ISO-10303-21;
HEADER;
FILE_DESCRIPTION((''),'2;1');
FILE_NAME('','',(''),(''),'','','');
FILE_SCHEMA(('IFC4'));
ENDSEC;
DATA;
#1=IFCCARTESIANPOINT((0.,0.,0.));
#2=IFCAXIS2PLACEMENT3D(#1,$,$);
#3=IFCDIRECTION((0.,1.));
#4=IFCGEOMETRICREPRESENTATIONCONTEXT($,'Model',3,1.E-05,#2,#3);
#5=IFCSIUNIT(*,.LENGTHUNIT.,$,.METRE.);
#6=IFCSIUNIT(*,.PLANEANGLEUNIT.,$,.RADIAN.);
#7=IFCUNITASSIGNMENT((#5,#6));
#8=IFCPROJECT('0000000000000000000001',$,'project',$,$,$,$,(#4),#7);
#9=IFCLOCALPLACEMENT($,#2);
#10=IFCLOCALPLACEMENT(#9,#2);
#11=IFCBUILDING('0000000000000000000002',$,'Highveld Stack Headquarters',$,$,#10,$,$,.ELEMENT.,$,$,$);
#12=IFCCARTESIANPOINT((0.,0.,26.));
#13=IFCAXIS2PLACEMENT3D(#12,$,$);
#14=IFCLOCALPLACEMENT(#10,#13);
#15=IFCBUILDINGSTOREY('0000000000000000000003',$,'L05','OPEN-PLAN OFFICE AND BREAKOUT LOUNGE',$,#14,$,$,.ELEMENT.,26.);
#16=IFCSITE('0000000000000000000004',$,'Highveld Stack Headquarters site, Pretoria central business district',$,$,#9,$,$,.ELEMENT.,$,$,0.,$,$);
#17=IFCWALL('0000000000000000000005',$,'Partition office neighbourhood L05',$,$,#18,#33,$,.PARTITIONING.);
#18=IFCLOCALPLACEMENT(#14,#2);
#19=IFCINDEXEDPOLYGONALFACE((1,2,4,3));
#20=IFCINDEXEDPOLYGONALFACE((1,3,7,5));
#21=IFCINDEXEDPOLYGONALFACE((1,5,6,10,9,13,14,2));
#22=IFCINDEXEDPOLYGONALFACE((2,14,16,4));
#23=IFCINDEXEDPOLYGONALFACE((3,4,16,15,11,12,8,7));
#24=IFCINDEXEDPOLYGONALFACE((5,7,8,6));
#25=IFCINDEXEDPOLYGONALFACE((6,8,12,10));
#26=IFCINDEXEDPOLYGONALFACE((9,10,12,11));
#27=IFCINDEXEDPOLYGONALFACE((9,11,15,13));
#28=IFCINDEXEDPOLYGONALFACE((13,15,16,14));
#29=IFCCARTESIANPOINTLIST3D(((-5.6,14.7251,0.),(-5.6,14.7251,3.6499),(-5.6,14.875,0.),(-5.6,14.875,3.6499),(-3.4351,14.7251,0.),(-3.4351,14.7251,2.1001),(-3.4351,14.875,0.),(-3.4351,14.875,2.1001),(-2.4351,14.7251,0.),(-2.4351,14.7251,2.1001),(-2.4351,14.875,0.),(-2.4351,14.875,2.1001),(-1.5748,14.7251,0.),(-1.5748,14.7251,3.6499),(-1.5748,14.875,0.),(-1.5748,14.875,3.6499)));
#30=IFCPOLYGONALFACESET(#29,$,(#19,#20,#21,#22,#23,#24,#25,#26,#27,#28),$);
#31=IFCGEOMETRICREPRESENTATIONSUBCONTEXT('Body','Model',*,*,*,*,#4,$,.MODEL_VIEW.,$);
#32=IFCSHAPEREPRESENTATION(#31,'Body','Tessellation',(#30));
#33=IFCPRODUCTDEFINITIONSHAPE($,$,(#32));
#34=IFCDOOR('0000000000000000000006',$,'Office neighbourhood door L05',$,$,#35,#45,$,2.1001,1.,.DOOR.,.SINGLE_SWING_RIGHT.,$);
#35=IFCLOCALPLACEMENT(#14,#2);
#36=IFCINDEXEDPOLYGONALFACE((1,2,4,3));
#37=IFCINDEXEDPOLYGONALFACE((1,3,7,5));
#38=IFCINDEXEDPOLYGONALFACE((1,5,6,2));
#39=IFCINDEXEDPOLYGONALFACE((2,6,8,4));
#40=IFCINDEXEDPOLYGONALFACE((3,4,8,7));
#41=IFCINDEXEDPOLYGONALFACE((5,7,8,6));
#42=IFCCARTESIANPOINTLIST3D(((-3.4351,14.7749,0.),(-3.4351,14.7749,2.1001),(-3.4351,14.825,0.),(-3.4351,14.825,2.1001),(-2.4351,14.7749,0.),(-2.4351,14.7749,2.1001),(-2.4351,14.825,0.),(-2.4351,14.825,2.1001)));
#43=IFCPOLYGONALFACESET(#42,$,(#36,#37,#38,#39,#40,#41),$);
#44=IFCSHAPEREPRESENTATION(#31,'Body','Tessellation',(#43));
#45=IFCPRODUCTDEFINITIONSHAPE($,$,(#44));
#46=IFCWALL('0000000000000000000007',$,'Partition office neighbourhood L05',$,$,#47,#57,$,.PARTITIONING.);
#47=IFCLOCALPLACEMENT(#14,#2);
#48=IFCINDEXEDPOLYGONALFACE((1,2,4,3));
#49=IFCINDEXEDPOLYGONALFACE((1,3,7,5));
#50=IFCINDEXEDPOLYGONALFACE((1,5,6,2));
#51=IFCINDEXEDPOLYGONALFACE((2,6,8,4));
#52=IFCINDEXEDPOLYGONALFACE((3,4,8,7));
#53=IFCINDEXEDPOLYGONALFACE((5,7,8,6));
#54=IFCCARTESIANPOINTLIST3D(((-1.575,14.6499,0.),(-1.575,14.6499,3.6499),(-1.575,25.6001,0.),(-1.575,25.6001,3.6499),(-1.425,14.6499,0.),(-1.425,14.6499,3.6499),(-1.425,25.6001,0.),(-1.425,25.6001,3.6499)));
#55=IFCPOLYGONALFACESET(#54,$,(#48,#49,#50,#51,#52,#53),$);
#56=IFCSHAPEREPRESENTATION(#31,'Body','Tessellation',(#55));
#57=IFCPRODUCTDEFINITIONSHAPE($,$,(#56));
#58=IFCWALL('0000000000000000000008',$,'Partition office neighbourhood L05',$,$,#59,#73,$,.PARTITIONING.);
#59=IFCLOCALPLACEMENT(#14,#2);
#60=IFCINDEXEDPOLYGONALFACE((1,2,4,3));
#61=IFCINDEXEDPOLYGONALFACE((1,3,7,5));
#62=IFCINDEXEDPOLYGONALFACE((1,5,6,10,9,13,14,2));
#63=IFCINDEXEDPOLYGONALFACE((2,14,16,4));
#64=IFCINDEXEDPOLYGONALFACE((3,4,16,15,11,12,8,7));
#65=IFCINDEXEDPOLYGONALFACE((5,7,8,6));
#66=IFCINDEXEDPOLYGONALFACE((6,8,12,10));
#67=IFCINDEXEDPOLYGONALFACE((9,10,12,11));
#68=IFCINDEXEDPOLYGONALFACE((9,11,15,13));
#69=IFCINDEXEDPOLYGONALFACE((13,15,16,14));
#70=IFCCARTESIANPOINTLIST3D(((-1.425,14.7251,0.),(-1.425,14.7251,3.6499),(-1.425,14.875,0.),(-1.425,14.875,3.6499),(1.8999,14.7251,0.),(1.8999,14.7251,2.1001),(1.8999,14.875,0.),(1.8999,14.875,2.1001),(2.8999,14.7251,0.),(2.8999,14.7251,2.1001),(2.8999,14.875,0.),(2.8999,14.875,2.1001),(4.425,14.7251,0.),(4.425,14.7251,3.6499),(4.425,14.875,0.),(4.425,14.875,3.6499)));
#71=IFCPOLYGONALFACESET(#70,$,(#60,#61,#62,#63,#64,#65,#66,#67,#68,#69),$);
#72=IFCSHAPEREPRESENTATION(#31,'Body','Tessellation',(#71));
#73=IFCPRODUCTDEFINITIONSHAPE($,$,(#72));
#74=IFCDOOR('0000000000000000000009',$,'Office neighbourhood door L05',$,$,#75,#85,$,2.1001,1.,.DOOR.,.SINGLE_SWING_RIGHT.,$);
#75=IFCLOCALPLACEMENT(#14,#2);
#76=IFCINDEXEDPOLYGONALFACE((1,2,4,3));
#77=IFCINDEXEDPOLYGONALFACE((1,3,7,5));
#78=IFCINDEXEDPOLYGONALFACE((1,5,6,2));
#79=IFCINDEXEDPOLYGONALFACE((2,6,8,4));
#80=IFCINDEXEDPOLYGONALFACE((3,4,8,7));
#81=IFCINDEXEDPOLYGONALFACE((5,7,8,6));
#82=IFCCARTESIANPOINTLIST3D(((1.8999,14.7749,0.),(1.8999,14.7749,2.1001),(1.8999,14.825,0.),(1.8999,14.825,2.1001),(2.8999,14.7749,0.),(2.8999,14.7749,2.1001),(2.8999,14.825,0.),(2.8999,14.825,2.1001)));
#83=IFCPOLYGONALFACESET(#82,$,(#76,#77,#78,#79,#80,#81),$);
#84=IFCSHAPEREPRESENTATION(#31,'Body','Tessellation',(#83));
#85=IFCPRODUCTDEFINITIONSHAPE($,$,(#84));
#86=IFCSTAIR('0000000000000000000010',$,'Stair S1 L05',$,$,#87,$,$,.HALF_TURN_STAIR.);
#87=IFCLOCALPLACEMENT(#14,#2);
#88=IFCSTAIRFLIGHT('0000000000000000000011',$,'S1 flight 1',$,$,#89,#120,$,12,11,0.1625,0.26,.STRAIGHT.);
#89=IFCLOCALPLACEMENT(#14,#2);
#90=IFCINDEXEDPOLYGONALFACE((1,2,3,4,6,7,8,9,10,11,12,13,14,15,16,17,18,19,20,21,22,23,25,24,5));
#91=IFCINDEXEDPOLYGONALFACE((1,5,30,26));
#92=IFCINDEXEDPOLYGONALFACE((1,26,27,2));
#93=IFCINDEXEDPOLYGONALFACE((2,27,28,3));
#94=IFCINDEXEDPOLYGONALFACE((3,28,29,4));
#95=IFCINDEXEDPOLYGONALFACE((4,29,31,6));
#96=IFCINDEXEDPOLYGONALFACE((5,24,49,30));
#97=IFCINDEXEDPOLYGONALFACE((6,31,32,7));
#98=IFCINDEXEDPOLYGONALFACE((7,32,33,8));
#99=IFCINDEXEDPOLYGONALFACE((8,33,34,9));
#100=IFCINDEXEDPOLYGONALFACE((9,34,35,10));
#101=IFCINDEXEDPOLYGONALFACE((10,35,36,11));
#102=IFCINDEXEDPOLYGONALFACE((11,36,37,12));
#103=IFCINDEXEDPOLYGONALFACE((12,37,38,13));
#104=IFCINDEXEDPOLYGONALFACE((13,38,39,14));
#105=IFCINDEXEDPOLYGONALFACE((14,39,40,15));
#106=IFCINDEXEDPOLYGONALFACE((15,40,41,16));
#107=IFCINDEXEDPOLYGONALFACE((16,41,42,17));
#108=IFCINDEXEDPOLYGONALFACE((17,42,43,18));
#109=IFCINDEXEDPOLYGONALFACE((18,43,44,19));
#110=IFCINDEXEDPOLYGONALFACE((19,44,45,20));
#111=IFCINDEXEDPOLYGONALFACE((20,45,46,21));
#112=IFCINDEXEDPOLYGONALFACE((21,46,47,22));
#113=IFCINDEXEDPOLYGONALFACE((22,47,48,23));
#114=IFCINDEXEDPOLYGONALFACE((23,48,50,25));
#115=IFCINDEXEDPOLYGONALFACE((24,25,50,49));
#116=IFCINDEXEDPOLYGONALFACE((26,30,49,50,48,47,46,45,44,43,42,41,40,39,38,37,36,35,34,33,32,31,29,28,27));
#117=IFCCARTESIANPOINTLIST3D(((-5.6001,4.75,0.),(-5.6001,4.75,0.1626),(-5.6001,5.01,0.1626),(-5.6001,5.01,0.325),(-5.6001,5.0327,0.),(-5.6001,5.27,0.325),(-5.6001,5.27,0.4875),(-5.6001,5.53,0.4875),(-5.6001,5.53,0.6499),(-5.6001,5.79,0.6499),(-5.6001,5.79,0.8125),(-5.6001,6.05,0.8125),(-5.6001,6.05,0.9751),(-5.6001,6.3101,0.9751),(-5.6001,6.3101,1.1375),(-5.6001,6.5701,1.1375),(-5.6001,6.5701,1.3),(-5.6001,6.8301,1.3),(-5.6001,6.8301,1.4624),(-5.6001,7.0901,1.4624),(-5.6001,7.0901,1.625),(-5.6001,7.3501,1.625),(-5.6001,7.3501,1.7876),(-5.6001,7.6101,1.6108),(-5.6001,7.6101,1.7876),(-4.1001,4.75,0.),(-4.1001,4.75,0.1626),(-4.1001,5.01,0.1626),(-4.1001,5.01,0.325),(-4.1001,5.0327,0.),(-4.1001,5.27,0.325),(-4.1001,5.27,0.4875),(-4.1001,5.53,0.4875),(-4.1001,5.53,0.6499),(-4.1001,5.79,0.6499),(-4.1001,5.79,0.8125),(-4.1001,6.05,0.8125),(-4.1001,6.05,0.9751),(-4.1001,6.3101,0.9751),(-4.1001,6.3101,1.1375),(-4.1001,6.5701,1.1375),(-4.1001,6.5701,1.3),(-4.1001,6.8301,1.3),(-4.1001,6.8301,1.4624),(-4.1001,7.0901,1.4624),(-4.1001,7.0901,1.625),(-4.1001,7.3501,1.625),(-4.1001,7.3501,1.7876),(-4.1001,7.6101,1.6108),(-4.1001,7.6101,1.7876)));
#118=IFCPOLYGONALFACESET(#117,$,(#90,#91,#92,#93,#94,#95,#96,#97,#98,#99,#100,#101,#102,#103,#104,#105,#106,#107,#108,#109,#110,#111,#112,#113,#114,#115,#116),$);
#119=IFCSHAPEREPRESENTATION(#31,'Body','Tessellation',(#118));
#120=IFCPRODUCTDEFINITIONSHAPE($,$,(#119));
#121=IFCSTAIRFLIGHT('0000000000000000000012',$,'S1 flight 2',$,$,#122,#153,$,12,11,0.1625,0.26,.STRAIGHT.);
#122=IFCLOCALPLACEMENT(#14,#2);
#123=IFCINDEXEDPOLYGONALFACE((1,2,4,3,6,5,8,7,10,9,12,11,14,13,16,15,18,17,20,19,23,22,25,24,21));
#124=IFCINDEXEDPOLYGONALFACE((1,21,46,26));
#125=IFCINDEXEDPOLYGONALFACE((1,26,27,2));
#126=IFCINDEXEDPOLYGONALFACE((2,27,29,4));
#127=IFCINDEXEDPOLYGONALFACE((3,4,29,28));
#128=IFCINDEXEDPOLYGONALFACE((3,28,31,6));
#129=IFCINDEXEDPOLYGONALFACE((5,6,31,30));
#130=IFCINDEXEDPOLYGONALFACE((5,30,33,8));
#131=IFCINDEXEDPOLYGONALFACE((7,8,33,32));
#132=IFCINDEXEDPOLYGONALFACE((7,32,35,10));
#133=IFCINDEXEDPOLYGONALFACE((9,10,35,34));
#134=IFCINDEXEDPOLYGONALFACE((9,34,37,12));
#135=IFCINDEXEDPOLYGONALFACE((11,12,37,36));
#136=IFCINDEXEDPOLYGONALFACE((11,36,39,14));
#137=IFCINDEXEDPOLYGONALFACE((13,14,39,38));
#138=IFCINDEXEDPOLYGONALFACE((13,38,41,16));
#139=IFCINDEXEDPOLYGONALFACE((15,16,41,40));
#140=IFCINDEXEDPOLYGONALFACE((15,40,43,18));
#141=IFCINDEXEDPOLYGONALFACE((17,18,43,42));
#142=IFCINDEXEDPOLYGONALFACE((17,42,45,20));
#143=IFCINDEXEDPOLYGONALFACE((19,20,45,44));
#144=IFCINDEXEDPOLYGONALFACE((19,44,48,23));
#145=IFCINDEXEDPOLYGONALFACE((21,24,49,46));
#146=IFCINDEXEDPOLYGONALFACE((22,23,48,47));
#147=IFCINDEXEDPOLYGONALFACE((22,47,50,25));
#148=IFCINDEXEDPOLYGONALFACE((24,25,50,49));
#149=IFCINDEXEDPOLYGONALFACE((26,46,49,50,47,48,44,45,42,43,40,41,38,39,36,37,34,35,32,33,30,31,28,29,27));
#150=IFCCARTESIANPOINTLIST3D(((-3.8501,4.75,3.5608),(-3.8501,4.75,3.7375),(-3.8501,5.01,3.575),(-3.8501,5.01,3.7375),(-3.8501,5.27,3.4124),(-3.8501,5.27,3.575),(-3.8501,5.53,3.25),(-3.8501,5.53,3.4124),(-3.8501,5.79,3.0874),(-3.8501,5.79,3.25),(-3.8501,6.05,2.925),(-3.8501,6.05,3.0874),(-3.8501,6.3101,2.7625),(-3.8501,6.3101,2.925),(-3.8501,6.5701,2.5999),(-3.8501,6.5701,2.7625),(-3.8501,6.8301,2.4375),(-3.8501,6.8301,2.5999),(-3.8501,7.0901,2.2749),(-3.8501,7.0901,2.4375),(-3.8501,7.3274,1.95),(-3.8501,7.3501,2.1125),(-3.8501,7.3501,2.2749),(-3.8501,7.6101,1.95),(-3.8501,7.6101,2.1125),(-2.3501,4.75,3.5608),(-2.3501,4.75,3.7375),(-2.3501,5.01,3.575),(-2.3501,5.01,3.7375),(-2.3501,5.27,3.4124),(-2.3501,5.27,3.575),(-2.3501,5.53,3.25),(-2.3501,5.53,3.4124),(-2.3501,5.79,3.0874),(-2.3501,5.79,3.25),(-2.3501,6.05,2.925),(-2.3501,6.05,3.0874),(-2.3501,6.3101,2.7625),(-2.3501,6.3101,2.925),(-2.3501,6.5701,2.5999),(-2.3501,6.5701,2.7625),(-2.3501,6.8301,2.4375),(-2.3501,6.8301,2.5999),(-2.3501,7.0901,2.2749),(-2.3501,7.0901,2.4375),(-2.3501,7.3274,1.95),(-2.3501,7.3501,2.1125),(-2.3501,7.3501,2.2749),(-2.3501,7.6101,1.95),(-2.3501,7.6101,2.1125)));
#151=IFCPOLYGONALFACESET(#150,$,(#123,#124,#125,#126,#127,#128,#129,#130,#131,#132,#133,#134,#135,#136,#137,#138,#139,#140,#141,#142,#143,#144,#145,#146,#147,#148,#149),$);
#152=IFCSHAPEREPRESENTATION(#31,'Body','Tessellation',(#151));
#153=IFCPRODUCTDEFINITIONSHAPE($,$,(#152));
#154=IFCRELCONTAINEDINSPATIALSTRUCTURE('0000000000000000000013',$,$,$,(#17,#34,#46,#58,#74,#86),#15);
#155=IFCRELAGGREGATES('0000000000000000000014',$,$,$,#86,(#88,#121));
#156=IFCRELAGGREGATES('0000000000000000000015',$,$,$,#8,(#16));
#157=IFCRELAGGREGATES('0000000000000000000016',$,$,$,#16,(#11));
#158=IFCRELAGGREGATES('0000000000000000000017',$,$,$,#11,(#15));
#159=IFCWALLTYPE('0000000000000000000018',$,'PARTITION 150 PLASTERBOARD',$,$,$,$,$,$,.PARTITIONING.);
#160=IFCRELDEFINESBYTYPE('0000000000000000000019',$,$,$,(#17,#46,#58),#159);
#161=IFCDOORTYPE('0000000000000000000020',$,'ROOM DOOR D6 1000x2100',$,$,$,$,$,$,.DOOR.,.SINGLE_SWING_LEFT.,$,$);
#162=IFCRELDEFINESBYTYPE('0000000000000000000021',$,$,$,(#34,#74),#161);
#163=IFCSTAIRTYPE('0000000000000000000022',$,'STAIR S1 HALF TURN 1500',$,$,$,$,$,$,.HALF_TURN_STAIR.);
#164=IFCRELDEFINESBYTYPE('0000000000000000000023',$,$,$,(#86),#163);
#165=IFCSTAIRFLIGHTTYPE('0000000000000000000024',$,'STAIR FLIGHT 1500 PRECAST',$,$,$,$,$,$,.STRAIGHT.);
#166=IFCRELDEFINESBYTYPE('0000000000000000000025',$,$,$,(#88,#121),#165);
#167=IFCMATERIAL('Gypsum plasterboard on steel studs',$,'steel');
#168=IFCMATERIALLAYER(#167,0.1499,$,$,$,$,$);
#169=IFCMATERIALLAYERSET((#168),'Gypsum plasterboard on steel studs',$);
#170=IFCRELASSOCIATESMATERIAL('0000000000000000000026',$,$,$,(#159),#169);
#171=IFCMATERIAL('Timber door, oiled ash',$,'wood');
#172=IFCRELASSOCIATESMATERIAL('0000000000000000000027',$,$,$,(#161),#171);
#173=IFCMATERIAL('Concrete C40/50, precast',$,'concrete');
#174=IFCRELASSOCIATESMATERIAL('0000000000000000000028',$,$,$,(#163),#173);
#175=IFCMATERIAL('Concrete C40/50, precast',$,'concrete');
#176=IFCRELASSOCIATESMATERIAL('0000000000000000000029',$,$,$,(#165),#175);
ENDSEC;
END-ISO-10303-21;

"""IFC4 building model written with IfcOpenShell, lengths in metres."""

from ifc_helpers import new_model, si_unit, direction, frame, frame_2d, origin, place, context, subcontext, project, spatial, polyline, rectangle, outline, extrude, material, layer, layer_set, type_object, element, fill, aggregate, save


model = new_model("IFC4")

# Units and contexts
model_context = context("Model", 3, precision=1e-05, world=origin(), true_north=direction((0.0, 1.0)))
body_context = subcontext(model_context, "Body", "Model", "MODEL_VIEW")
ifc_project = project(units=[si_unit("LENGTHUNIT", "METRE"), si_unit("PLANEANGLEUNIT", "RADIAN")], contexts=[model_context])

# Site, building, storey
site_placement = place(None, origin())
site = spatial("IfcSite", under=ifc_project, at=site_placement, Name="Highveld Stack Headquarters site, Pretoria central business district", CompositionType="ELEMENT", RefElevation=0.0)
building_placement = place(site_placement, origin())
building = spatial("IfcBuilding", under=site, at=building_placement, Name="Highveld Stack Headquarters", CompositionType="ELEMENT")
storey_placement = place(building_placement, frame((0.0, 0.0, 26.0)))
storey = spatial("IfcBuildingStorey", under=building, at=storey_placement, Name="L05", Description="OPEN-PLAN OFFICE AND BREAKOUT LOUNGE", CompositionType="ELEMENT", Elevation=26.0)

# Wall, opening, door
ifc_material_1 = material(Name="Gypsum plasterboard on steel studs", Category="steel")
ifc_layer_1 = layer(ifc_material_1, 0.1499)
ifc_layer_set_1 = layer_set([ifc_layer_1], Name="Gypsum plasterboard on steel studs")
wall_type_1 = type_object("IfcWallType", Name="PARTITION 150 PLASTERBOARD", PredefinedType="PARTITIONING", material=ifc_layer_set_1)
wall_1_placement = place(storey_placement, frame((-5.6001, 14.8, 0.0), z_axis=(0.0, 0.0, 1.0), x_axis=(1.0, 0.0, 0.0)))
wall_1 = element("IfcWall", 1, at=wall_1_placement, inside=storey, type_object=wall_type_1, Name="Partition office neighbourhood L05", PredefinedType="PARTITIONING", context=body_context, shape_type="SweptSolid", body=[
    extrude(rectangle(XDim=4.0251, YDim=0.1499, at=frame_2d((2.0127, 0.0))), origin(), (0.0, 0.0, 1.0), 3.6499),
])
opening_1_placement = place(wall_1_placement, frame((2.165, 0.0, 0.0)))
opening_1 = element("IfcOpeningElement", 2, at=opening_1_placement, cuts=wall_1, PredefinedType="OPENING", context=body_context, shape_type="SweptSolid", body=[
    extrude(rectangle(XDim=1.0, YDim=2.1001, at=frame_2d((0.5, 1.05))), frame((0.0, 0.085, 0.0), z_axis=(0.0, -1.0, 0.0), x_axis=(1.0, 0.0, 0.0)), (0.0, 0.0, 1.0), 0.1699),
])
ifc_material_2 = material(Name="Timber door, oiled ash", Category="wood")
door_type_1 = type_object("IfcDoorType", Name="ROOM DOOR D6 1000x2100", OperationType="SINGLE_SWING_LEFT", PredefinedType="DOOR", material=ifc_material_2)
door_1_placement = place(opening_1_placement, origin())
door_1 = element("IfcDoor", 3, at=door_1_placement, inside=storey, type_object=door_type_1, Name="Office neighbourhood door L05", OperationType="SINGLE_SWING_RIGHT", OverallHeight=2.1001, OverallWidth=1.0, PredefinedType="DOOR", context=body_context, shape_type="SweptSolid", body=[
    extrude(rectangle(XDim=1.0, YDim=2.1001, at=frame_2d((0.5, 1.05))), frame((0.0, 0.0249, 0.0), z_axis=(0.0, -1.0, 0.0), x_axis=(1.0, 0.0, 0.0)), (0.0, 0.0, 1.0), 0.05),
])
fill(opening_1, door_1)

# Wall
wall_2_placement = place(storey_placement, frame((-1.5, 14.6499, 0.0), z_axis=(0.0, 0.0, 1.0), x_axis=(0.0, 1.0, 0.0)))
element("IfcWall", 4, at=wall_2_placement, inside=storey, type_object=wall_type_1, Name="Partition office neighbourhood L05", PredefinedType="PARTITIONING", context=body_context, shape_type="SweptSolid", body=[
    extrude(rectangle(XDim=10.9502, YDim=0.1499, at=frame_2d((5.4751, 0.0))), origin(), (0.0, 0.0, 1.0), 3.6499),
])

# Wall, opening, door
wall_3_placement = place(storey_placement, frame((-1.425, 14.8, 0.0), z_axis=(0.0, 0.0, 1.0), x_axis=(1.0, 0.0, 0.0)))
wall_3 = element("IfcWall", 5, at=wall_3_placement, inside=storey, type_object=wall_type_1, Name="Partition office neighbourhood L05", PredefinedType="PARTITIONING", context=body_context, shape_type="SweptSolid", body=[
    extrude(rectangle(XDim=5.8501, YDim=0.1499, at=frame_2d((2.925, 0.0))), origin(), (0.0, 0.0, 1.0), 3.6499),
])
opening_2_placement = place(wall_3_placement, frame((3.325, 0.0, 0.0)))
opening_2 = element("IfcOpeningElement", 6, at=opening_2_placement, cuts=wall_3, PredefinedType="OPENING", context=body_context, shape_type="SweptSolid", body=[
    extrude(rectangle(XDim=1.0, YDim=2.1001, at=frame_2d((0.5, 1.05))), frame((0.0, 0.085, 0.0), z_axis=(0.0, -1.0, 0.0), x_axis=(1.0, 0.0, 0.0)), (0.0, 0.0, 1.0), 0.1699),
])
door_2_placement = place(opening_2_placement, origin())
door_2 = element("IfcDoor", 7, at=door_2_placement, inside=storey, type_object=door_type_1, Name="Office neighbourhood door L05", OperationType="SINGLE_SWING_RIGHT", OverallHeight=2.1001, OverallWidth=1.0, PredefinedType="DOOR", context=body_context, shape_type="SweptSolid", body=[
    extrude(rectangle(XDim=1.0, YDim=2.1001, at=frame_2d((0.5, 1.05))), frame((0.0, 0.0249, 0.0), z_axis=(0.0, -1.0, 0.0), x_axis=(1.0, 0.0, 0.0)), (0.0, 0.0, 1.0), 0.05),
])
fill(opening_2, door_2)

# Stair, stair flights
ifc_material_3 = material(Name="Concrete C40/50, precast", Category="concrete")
stair_type = type_object("IfcStairType", Name="STAIR S1 HALF TURN 1500", PredefinedType="HALF_TURN_STAIR", material=ifc_material_3)
stair_placement = place(storey_placement, origin())
stair = element("IfcStair", 8, at=stair_placement, inside=storey, type_object=stair_type, Name="Stair S1 L05", PredefinedType="HALF_TURN_STAIR")
ifc_material_4 = material(Name="Concrete C40/50, precast", Category="concrete")
stair_flight_type = type_object("IfcStairFlightType", Name="STAIR FLIGHT 1500 PRECAST", PredefinedType="STRAIGHT", material=ifc_material_4)
stair_flight_1_placement = place(storey_placement, frame((-4.8501, 4.75, 0.0), z_axis=(0.0, 0.0, 1.0), x_axis=(0.0, 1.0, 0.0)))
stair_flight_1 = element("IfcStairFlight", 9, at=stair_flight_1_placement, type_object=stair_flight_type, Name="S1 flight 1", NumberOfRisers=12, NumberOfTreads=11, PredefinedType="STRAIGHT", RiserHeight=0.1625, TreadLength=0.26, context=body_context, shape_type="SweptSolid", body=[
    extrude(outline(polyline([(0.0, 0.0), (0.0, 0.1626), (0.26, 0.1626), (0.26, 0.325), (0.52, 0.325), (0.52, 0.4875), (0.78, 0.4875), (0.78, 0.6499), (1.04, 0.6499), (1.04, 0.8125), (1.3, 0.8125), (1.3, 0.9751), (1.5601, 0.9751), (1.5601, 1.1375), (1.8201, 1.1375), (1.8201, 1.3), (2.0801, 1.3), (2.0801, 1.4624), (2.3401, 1.4624), (2.3401, 1.625), (2.6001, 1.625), (2.6001, 1.7876), (2.8601, 1.7876), (2.8601, 1.95), (2.8601, 1.6108), (0.2827, 0.0), (0.0, 0.0)])), frame((0.0, 0.75, 0.0), z_axis=(0.0, -1.0, 0.0), x_axis=(1.0, 0.0, 0.0)), (0.0, 0.0, 1.0), 1.5),
])
stair_flight_2_placement = place(storey_placement, frame((-3.1001, 7.6101, 1.95), z_axis=(0.0, 0.0, 1.0), x_axis=(0.0, -1.0, 0.0)))
stair_flight_2 = element("IfcStairFlight", 10, at=stair_flight_2_placement, type_object=stair_flight_type, Name="S1 flight 2", NumberOfRisers=12, NumberOfTreads=11, PredefinedType="STRAIGHT", RiserHeight=0.1625, TreadLength=0.26, context=body_context, shape_type="SweptSolid", body=[
    extrude(outline(polyline([(0.0, 0.0), (0.0, 0.1626), (0.26, 0.1626), (0.26, 0.325), (0.52, 0.325), (0.52, 0.4875), (0.78, 0.4875), (0.78, 0.6499), (1.04, 0.6499), (1.04, 0.8125), (1.3, 0.8125), (1.3, 0.9751), (1.5601, 0.9751), (1.5601, 1.1375), (1.8201, 1.1375), (1.8201, 1.3), (2.0801, 1.3), (2.0801, 1.4624), (2.3401, 1.4624), (2.3401, 1.625), (2.6001, 1.625), (2.6001, 1.7876), (2.8601, 1.7876), (2.8601, 1.95), (2.8601, 1.6108), (0.2827, 0.0), (0.0, 0.0)])), frame((0.0, 0.75, 0.0), z_axis=(0.0, -1.0, 0.0), x_axis=(1.0, 0.0, 0.0)), (0.0, 0.0, 1.0), 1.5),
])
aggregate(stair, [stair_flight_1, stair_flight_2])

save(model, "model.ifc")
